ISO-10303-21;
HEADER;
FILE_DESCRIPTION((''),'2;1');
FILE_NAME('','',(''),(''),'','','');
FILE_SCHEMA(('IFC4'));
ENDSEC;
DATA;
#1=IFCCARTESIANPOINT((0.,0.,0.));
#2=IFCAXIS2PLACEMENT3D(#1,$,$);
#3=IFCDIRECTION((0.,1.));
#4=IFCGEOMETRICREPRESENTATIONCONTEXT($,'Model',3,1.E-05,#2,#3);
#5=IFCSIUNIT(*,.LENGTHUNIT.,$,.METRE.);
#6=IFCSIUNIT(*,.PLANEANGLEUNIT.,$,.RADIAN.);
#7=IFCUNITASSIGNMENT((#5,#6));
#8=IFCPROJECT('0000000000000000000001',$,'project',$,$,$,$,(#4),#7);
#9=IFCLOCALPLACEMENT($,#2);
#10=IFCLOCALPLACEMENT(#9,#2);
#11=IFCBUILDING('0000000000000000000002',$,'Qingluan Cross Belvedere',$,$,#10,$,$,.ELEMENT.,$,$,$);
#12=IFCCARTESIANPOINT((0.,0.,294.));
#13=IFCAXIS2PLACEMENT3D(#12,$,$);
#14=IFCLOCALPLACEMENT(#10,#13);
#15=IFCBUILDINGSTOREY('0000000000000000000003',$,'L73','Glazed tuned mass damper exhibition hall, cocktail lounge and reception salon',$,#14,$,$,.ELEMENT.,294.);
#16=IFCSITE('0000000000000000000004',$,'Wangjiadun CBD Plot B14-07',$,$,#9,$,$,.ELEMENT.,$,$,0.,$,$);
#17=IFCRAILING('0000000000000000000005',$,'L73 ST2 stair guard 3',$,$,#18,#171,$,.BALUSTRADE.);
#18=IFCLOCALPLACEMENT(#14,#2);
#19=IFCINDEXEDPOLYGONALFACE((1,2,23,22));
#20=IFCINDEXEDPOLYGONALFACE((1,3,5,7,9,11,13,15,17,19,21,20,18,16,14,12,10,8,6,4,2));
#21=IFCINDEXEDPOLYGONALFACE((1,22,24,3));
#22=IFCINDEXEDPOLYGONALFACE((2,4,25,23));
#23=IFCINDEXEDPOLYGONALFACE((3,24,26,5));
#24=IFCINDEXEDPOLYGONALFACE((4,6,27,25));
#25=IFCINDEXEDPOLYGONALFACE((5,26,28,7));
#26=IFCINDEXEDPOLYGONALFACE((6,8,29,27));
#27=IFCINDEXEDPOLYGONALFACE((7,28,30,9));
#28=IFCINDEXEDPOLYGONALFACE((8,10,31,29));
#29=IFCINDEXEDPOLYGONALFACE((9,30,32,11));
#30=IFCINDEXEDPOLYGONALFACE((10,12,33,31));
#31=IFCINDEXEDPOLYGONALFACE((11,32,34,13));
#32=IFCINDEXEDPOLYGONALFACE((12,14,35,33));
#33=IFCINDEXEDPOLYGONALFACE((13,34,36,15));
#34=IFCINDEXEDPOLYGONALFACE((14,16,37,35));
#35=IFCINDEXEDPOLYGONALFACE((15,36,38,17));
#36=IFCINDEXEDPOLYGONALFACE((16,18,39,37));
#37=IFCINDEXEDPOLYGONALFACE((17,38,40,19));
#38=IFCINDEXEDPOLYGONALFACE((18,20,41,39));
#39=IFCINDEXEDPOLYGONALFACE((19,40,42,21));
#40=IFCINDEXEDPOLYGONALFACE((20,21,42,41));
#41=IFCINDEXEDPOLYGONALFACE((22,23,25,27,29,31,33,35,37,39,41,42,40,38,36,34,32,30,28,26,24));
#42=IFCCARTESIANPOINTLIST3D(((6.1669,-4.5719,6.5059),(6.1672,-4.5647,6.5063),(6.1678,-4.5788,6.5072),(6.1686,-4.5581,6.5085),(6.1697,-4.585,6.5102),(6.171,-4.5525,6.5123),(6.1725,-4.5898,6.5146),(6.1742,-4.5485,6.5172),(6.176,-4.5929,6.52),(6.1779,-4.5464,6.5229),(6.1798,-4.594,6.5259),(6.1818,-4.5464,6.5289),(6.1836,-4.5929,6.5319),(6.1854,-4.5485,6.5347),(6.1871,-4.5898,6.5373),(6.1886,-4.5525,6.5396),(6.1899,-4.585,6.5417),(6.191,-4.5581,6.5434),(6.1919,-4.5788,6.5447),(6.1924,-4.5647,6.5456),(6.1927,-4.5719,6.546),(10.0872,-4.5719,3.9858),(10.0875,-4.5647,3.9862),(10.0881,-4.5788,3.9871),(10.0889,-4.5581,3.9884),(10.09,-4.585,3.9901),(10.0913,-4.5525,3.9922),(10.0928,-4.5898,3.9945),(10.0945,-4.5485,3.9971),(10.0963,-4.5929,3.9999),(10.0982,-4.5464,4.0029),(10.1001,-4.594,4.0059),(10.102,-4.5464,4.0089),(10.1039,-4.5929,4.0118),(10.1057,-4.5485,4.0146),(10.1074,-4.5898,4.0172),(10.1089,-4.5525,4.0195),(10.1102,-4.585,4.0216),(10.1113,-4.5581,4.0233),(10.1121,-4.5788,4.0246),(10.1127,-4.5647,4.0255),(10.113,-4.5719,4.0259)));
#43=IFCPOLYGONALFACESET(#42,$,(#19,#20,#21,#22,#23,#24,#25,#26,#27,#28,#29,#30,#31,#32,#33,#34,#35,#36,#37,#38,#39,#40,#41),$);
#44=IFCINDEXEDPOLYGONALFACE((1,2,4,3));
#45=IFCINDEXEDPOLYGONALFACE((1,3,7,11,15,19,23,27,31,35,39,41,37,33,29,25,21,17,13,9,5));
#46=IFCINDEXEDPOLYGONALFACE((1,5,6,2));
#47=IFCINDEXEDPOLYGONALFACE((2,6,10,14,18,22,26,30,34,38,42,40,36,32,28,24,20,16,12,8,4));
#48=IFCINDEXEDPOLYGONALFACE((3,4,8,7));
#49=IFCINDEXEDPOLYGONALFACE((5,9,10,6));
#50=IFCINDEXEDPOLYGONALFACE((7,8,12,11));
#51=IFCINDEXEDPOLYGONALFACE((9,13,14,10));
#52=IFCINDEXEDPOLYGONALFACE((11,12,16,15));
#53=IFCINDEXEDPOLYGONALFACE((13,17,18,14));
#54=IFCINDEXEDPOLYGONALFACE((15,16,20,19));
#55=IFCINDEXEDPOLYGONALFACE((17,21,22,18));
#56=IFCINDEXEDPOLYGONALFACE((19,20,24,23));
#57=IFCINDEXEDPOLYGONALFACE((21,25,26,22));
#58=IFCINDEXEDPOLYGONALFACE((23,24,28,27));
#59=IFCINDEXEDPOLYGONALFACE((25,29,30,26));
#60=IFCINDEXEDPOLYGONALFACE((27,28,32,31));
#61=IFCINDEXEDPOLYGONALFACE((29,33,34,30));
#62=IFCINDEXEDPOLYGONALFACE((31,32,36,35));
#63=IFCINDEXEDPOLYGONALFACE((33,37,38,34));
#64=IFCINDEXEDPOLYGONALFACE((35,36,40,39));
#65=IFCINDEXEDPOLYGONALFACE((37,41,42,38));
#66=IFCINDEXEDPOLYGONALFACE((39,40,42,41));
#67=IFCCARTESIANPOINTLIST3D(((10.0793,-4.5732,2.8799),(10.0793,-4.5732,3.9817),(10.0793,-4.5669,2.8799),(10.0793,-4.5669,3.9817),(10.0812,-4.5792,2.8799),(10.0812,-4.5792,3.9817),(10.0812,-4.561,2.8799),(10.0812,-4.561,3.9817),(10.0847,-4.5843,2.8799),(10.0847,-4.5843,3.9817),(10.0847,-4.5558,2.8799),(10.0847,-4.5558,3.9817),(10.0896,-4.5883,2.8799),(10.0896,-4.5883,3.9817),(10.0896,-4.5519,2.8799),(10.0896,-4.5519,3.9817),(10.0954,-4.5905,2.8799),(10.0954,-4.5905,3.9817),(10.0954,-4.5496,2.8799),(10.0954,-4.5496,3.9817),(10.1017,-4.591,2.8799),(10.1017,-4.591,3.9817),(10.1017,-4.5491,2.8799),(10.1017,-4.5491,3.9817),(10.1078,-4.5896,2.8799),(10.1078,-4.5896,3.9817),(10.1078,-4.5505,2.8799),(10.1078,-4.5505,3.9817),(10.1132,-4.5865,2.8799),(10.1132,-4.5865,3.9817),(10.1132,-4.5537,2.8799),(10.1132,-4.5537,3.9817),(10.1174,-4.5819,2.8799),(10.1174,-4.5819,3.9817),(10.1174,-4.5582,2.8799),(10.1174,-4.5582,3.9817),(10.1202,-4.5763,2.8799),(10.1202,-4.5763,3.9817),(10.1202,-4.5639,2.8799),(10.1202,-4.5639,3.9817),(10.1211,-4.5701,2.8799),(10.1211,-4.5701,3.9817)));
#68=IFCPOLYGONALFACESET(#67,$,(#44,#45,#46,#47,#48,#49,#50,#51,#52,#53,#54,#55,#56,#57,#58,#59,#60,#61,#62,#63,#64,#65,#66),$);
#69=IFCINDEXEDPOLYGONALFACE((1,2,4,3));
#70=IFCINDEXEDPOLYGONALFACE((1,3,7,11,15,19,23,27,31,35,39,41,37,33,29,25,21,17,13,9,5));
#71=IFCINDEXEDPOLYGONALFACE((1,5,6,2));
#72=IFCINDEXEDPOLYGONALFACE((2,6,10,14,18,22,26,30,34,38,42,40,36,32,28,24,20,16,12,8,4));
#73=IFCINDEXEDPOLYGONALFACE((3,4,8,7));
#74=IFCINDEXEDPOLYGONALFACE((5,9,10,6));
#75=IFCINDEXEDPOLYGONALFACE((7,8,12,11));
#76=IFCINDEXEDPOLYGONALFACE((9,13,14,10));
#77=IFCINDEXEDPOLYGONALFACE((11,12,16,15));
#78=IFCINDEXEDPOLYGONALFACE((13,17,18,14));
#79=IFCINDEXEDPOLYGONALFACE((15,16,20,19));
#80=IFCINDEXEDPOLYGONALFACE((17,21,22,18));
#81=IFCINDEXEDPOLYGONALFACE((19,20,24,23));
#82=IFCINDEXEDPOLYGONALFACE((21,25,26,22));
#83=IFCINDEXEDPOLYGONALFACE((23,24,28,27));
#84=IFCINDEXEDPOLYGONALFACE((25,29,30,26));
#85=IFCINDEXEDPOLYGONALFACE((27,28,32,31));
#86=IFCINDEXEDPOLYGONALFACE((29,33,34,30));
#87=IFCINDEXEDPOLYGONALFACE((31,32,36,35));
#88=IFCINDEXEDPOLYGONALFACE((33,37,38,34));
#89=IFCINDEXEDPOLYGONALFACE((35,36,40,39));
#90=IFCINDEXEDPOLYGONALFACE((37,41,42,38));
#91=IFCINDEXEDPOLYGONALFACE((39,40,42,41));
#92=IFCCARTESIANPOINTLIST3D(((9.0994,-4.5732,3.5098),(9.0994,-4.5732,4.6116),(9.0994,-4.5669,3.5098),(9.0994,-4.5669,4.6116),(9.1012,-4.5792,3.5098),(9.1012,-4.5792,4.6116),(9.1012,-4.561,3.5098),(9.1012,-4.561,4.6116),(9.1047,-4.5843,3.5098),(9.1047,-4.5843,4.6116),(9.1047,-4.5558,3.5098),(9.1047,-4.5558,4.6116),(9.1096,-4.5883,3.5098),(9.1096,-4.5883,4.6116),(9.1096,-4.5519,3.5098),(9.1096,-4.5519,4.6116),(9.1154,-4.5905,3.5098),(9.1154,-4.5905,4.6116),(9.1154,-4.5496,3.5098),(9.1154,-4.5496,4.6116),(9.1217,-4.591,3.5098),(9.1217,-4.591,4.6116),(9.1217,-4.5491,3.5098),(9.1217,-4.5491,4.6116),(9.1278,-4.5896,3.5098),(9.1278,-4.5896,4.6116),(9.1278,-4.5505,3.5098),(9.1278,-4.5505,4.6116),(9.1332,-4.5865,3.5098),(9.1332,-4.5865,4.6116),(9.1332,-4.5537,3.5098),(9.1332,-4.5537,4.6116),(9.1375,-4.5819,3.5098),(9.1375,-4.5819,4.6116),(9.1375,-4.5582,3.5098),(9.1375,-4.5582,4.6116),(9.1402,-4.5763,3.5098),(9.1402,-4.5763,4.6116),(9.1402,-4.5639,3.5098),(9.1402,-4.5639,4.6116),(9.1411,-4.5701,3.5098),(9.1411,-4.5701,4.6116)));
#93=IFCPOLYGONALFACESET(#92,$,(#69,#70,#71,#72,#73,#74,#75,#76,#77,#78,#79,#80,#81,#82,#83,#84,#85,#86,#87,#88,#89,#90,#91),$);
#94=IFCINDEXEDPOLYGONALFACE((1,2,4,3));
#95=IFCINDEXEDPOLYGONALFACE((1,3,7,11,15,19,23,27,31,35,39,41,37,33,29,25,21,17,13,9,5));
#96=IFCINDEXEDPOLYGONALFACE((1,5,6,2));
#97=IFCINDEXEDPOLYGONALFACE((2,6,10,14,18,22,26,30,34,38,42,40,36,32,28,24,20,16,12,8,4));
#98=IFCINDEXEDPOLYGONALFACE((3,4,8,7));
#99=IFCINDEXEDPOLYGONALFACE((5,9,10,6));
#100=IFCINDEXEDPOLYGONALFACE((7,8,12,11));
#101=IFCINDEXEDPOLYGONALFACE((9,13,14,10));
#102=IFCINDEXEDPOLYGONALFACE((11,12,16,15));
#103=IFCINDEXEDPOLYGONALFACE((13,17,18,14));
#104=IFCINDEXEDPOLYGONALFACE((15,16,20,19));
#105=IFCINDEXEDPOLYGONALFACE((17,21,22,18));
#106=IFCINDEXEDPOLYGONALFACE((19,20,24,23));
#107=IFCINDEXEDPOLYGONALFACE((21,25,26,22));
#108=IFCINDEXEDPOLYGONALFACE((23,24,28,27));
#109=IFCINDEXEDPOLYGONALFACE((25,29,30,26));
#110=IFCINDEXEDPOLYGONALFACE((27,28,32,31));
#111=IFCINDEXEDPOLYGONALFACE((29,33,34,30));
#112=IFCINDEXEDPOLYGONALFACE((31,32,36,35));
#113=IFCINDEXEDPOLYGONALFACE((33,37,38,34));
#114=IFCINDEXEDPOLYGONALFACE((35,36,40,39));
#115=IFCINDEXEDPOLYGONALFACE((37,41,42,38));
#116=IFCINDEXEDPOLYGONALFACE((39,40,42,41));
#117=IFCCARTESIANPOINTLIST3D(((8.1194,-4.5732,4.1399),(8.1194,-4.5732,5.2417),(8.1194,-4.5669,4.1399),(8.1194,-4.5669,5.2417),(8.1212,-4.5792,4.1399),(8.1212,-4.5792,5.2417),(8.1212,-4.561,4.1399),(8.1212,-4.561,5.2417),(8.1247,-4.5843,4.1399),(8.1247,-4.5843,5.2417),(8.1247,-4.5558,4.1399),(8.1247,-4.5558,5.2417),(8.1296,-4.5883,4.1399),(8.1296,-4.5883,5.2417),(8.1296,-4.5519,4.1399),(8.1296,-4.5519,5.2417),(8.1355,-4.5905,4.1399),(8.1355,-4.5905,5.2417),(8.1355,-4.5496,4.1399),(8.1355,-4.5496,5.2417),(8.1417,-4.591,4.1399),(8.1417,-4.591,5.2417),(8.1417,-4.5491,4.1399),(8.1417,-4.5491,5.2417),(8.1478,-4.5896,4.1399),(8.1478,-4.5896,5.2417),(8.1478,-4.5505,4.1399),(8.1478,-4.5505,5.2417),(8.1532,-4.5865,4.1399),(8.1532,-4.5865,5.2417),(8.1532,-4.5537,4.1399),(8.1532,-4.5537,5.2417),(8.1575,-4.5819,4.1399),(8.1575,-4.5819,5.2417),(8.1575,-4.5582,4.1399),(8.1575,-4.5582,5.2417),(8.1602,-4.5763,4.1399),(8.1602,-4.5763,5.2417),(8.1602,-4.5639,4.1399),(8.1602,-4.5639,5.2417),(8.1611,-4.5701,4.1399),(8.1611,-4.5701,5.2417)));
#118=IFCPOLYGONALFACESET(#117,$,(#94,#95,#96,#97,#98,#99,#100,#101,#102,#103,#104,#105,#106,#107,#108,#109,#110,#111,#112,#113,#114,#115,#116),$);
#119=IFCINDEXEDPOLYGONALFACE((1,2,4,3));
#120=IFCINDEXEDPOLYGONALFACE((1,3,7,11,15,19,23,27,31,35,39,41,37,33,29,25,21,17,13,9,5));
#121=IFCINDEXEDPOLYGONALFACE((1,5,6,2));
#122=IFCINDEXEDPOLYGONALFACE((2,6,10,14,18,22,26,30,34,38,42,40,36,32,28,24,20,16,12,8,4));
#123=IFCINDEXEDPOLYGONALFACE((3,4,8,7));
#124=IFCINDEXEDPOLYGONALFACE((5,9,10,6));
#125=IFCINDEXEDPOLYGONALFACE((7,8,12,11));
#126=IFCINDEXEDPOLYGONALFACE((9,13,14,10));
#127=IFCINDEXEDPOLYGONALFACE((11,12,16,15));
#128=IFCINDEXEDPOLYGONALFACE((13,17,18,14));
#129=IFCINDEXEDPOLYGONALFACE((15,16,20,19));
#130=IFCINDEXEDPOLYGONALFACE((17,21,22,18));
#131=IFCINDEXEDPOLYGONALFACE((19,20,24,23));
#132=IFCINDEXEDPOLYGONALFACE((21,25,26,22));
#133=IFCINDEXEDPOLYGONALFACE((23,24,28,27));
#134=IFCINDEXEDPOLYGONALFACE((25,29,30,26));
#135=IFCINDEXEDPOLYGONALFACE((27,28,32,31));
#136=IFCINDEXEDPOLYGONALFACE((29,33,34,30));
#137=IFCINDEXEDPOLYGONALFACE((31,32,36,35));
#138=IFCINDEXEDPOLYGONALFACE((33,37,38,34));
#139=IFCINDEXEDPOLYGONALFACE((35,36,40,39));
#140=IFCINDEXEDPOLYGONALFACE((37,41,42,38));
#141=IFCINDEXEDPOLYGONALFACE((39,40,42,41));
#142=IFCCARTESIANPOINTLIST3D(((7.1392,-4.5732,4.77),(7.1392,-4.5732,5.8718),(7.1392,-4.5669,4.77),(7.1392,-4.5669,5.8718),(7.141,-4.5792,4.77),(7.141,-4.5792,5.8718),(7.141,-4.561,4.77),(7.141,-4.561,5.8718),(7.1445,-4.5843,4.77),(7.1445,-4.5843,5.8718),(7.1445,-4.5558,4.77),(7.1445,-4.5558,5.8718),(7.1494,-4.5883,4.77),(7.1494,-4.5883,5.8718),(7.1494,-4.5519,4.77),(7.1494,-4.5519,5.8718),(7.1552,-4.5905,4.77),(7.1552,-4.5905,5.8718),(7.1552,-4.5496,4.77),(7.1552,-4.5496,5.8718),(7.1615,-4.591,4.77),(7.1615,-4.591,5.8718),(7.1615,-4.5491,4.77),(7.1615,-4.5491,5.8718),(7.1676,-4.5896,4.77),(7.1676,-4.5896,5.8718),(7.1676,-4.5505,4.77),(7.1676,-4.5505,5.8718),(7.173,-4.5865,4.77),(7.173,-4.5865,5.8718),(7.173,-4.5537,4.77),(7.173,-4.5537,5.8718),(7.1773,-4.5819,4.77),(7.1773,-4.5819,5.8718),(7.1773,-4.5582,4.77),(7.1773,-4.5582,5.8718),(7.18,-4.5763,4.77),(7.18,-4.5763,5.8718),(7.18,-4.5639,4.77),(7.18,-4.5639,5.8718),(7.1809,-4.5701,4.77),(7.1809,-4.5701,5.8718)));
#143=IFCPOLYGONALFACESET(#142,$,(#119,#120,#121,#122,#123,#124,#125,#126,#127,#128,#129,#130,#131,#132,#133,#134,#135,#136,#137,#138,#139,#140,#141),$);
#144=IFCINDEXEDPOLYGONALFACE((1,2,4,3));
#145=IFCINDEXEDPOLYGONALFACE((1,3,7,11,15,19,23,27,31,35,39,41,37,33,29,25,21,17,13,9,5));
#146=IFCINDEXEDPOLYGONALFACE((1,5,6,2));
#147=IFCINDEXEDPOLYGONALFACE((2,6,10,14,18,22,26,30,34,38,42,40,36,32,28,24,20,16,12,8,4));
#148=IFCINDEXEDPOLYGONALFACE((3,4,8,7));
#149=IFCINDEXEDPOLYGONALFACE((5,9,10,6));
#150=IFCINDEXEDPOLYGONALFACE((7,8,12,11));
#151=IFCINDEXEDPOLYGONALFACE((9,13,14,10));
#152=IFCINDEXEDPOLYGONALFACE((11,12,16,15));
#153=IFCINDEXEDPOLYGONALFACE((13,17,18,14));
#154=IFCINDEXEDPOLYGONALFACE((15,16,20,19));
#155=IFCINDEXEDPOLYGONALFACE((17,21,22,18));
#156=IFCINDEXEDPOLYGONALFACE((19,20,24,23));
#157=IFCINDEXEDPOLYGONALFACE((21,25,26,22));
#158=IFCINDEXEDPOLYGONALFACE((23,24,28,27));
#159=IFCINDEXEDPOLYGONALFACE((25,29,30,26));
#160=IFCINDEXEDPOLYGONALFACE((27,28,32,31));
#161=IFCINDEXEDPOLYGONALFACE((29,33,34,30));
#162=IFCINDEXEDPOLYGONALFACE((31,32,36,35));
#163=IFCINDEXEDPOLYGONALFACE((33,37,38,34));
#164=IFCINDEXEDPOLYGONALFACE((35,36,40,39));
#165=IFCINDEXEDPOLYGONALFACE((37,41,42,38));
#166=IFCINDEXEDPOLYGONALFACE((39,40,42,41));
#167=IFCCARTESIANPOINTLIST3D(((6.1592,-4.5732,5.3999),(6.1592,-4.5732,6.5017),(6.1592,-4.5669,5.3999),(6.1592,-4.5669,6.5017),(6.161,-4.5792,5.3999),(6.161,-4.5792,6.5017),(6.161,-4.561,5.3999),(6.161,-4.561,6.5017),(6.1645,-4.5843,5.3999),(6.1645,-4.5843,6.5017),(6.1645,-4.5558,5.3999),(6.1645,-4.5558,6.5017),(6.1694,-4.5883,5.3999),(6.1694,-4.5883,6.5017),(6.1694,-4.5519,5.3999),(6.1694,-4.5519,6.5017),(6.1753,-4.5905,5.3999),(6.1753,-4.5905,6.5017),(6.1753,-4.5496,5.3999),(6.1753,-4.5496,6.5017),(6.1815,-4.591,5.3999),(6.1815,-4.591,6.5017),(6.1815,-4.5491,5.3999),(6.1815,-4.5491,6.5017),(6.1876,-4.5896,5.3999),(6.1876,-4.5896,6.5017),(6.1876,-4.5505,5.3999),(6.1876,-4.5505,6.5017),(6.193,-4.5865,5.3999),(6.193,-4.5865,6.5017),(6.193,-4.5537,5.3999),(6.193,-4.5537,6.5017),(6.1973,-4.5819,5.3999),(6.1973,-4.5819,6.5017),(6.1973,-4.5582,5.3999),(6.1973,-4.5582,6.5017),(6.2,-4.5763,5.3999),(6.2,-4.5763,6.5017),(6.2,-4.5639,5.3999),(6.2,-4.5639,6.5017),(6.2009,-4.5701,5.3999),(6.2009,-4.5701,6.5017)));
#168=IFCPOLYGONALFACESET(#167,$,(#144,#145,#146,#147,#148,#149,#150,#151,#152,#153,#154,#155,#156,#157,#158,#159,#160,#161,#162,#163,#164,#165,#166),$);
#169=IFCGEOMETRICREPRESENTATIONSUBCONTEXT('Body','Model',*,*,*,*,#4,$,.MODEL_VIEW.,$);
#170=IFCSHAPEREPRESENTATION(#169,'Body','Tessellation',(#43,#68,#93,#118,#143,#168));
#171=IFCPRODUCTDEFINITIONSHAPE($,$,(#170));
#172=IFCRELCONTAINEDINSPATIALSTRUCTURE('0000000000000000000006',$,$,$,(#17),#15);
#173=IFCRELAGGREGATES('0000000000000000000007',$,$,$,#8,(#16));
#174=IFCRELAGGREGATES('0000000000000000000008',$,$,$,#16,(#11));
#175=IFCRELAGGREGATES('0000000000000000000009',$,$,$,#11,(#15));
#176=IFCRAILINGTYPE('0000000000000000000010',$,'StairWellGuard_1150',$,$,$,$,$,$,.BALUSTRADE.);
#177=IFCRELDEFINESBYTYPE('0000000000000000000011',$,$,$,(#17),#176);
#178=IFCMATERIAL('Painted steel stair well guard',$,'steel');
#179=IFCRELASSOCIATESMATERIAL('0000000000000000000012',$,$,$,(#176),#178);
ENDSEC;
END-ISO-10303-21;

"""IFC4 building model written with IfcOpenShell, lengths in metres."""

from ifc_helpers import new_model, si_unit, direction, frame, origin, origin_2d, place, context, subcontext, project, spatial, circle, extrude, material, type_object, element, save


model = new_model("IFC4")

# Units and contexts
model_context = context("Model", 3, precision=1e-05, world=origin(), true_north=direction((0.0, 1.0)))
body_context = subcontext(model_context, "Body", "Model", "MODEL_VIEW")
ifc_project = project(units=[si_unit("LENGTHUNIT", "METRE"), si_unit("PLANEANGLEUNIT", "RADIAN")], contexts=[model_context])

# Site, building, storey
site_placement = place(None, origin())
site = spatial("IfcSite", under=ifc_project, at=site_placement, Name="Wangjiadun CBD Plot B14-07", CompositionType="ELEMENT", RefElevation=0.0)
building_placement = place(site_placement, origin())
building = spatial("IfcBuilding", under=site, at=building_placement, Name="Qingluan Cross Belvedere", CompositionType="ELEMENT")
storey_placement = place(building_placement, frame((0.0, 0.0, 294.0)))
storey = spatial("IfcBuildingStorey", under=building, at=storey_placement, Name="L73", Description="Glazed tuned mass damper exhibition hall, cocktail lounge and reception salon", CompositionType="ELEMENT", Elevation=294.0)

# Railing
ifc_material_1 = material(Name="Painted steel stair well guard", Category="steel")
railing_type_1 = type_object("IfcRailingType", Name="StairWellGuard_1150", PredefinedType="BALUSTRADE", material=ifc_material_1)
railing_1_placement = place(storey_placement, frame((10.1001, -4.5701, 2.8799)))
element("IfcRailing", 1, at=railing_1_placement, inside=storey, type_object=railing_type_1, Name="L73 ST2 stair guard 3", PredefinedType="BALUSTRADE", context=body_context, shape_type="SweptSolid", body=[
    extrude(circle(Radius=0.0239, at=origin_2d()), frame((0.0, 0.0, 1.126), z_axis=(-0.841187, 0.0, 0.540744), x_axis=(0.0, -1.0, 0.0)), (0.0, 0.0, 1.0), 4.6604),
    extrude(circle(Radius=0.021, at=origin_2d()), origin(), (0.0, 0.0, 1.0), 1.1018),
    extrude(circle(Radius=0.021, at=origin_2d()), frame((-0.98, 0.0, 0.6299)), (0.0, 0.0, 1.0), 1.1018),
    extrude(circle(Radius=0.021, at=origin_2d()), frame((-1.96, 0.0, 1.26)), (0.0, 0.0, 1.0), 1.1018),
    extrude(circle(Radius=0.021, at=origin_2d()), frame((-2.9402, 0.0, 1.8901)), (0.0, 0.0, 1.0), 1.1018),
    extrude(circle(Radius=0.021, at=origin_2d()), frame((-3.9202, 0.0, 2.52)), (0.0, 0.0, 1.0), 1.1018),
])

save(model, "model.ifc")
